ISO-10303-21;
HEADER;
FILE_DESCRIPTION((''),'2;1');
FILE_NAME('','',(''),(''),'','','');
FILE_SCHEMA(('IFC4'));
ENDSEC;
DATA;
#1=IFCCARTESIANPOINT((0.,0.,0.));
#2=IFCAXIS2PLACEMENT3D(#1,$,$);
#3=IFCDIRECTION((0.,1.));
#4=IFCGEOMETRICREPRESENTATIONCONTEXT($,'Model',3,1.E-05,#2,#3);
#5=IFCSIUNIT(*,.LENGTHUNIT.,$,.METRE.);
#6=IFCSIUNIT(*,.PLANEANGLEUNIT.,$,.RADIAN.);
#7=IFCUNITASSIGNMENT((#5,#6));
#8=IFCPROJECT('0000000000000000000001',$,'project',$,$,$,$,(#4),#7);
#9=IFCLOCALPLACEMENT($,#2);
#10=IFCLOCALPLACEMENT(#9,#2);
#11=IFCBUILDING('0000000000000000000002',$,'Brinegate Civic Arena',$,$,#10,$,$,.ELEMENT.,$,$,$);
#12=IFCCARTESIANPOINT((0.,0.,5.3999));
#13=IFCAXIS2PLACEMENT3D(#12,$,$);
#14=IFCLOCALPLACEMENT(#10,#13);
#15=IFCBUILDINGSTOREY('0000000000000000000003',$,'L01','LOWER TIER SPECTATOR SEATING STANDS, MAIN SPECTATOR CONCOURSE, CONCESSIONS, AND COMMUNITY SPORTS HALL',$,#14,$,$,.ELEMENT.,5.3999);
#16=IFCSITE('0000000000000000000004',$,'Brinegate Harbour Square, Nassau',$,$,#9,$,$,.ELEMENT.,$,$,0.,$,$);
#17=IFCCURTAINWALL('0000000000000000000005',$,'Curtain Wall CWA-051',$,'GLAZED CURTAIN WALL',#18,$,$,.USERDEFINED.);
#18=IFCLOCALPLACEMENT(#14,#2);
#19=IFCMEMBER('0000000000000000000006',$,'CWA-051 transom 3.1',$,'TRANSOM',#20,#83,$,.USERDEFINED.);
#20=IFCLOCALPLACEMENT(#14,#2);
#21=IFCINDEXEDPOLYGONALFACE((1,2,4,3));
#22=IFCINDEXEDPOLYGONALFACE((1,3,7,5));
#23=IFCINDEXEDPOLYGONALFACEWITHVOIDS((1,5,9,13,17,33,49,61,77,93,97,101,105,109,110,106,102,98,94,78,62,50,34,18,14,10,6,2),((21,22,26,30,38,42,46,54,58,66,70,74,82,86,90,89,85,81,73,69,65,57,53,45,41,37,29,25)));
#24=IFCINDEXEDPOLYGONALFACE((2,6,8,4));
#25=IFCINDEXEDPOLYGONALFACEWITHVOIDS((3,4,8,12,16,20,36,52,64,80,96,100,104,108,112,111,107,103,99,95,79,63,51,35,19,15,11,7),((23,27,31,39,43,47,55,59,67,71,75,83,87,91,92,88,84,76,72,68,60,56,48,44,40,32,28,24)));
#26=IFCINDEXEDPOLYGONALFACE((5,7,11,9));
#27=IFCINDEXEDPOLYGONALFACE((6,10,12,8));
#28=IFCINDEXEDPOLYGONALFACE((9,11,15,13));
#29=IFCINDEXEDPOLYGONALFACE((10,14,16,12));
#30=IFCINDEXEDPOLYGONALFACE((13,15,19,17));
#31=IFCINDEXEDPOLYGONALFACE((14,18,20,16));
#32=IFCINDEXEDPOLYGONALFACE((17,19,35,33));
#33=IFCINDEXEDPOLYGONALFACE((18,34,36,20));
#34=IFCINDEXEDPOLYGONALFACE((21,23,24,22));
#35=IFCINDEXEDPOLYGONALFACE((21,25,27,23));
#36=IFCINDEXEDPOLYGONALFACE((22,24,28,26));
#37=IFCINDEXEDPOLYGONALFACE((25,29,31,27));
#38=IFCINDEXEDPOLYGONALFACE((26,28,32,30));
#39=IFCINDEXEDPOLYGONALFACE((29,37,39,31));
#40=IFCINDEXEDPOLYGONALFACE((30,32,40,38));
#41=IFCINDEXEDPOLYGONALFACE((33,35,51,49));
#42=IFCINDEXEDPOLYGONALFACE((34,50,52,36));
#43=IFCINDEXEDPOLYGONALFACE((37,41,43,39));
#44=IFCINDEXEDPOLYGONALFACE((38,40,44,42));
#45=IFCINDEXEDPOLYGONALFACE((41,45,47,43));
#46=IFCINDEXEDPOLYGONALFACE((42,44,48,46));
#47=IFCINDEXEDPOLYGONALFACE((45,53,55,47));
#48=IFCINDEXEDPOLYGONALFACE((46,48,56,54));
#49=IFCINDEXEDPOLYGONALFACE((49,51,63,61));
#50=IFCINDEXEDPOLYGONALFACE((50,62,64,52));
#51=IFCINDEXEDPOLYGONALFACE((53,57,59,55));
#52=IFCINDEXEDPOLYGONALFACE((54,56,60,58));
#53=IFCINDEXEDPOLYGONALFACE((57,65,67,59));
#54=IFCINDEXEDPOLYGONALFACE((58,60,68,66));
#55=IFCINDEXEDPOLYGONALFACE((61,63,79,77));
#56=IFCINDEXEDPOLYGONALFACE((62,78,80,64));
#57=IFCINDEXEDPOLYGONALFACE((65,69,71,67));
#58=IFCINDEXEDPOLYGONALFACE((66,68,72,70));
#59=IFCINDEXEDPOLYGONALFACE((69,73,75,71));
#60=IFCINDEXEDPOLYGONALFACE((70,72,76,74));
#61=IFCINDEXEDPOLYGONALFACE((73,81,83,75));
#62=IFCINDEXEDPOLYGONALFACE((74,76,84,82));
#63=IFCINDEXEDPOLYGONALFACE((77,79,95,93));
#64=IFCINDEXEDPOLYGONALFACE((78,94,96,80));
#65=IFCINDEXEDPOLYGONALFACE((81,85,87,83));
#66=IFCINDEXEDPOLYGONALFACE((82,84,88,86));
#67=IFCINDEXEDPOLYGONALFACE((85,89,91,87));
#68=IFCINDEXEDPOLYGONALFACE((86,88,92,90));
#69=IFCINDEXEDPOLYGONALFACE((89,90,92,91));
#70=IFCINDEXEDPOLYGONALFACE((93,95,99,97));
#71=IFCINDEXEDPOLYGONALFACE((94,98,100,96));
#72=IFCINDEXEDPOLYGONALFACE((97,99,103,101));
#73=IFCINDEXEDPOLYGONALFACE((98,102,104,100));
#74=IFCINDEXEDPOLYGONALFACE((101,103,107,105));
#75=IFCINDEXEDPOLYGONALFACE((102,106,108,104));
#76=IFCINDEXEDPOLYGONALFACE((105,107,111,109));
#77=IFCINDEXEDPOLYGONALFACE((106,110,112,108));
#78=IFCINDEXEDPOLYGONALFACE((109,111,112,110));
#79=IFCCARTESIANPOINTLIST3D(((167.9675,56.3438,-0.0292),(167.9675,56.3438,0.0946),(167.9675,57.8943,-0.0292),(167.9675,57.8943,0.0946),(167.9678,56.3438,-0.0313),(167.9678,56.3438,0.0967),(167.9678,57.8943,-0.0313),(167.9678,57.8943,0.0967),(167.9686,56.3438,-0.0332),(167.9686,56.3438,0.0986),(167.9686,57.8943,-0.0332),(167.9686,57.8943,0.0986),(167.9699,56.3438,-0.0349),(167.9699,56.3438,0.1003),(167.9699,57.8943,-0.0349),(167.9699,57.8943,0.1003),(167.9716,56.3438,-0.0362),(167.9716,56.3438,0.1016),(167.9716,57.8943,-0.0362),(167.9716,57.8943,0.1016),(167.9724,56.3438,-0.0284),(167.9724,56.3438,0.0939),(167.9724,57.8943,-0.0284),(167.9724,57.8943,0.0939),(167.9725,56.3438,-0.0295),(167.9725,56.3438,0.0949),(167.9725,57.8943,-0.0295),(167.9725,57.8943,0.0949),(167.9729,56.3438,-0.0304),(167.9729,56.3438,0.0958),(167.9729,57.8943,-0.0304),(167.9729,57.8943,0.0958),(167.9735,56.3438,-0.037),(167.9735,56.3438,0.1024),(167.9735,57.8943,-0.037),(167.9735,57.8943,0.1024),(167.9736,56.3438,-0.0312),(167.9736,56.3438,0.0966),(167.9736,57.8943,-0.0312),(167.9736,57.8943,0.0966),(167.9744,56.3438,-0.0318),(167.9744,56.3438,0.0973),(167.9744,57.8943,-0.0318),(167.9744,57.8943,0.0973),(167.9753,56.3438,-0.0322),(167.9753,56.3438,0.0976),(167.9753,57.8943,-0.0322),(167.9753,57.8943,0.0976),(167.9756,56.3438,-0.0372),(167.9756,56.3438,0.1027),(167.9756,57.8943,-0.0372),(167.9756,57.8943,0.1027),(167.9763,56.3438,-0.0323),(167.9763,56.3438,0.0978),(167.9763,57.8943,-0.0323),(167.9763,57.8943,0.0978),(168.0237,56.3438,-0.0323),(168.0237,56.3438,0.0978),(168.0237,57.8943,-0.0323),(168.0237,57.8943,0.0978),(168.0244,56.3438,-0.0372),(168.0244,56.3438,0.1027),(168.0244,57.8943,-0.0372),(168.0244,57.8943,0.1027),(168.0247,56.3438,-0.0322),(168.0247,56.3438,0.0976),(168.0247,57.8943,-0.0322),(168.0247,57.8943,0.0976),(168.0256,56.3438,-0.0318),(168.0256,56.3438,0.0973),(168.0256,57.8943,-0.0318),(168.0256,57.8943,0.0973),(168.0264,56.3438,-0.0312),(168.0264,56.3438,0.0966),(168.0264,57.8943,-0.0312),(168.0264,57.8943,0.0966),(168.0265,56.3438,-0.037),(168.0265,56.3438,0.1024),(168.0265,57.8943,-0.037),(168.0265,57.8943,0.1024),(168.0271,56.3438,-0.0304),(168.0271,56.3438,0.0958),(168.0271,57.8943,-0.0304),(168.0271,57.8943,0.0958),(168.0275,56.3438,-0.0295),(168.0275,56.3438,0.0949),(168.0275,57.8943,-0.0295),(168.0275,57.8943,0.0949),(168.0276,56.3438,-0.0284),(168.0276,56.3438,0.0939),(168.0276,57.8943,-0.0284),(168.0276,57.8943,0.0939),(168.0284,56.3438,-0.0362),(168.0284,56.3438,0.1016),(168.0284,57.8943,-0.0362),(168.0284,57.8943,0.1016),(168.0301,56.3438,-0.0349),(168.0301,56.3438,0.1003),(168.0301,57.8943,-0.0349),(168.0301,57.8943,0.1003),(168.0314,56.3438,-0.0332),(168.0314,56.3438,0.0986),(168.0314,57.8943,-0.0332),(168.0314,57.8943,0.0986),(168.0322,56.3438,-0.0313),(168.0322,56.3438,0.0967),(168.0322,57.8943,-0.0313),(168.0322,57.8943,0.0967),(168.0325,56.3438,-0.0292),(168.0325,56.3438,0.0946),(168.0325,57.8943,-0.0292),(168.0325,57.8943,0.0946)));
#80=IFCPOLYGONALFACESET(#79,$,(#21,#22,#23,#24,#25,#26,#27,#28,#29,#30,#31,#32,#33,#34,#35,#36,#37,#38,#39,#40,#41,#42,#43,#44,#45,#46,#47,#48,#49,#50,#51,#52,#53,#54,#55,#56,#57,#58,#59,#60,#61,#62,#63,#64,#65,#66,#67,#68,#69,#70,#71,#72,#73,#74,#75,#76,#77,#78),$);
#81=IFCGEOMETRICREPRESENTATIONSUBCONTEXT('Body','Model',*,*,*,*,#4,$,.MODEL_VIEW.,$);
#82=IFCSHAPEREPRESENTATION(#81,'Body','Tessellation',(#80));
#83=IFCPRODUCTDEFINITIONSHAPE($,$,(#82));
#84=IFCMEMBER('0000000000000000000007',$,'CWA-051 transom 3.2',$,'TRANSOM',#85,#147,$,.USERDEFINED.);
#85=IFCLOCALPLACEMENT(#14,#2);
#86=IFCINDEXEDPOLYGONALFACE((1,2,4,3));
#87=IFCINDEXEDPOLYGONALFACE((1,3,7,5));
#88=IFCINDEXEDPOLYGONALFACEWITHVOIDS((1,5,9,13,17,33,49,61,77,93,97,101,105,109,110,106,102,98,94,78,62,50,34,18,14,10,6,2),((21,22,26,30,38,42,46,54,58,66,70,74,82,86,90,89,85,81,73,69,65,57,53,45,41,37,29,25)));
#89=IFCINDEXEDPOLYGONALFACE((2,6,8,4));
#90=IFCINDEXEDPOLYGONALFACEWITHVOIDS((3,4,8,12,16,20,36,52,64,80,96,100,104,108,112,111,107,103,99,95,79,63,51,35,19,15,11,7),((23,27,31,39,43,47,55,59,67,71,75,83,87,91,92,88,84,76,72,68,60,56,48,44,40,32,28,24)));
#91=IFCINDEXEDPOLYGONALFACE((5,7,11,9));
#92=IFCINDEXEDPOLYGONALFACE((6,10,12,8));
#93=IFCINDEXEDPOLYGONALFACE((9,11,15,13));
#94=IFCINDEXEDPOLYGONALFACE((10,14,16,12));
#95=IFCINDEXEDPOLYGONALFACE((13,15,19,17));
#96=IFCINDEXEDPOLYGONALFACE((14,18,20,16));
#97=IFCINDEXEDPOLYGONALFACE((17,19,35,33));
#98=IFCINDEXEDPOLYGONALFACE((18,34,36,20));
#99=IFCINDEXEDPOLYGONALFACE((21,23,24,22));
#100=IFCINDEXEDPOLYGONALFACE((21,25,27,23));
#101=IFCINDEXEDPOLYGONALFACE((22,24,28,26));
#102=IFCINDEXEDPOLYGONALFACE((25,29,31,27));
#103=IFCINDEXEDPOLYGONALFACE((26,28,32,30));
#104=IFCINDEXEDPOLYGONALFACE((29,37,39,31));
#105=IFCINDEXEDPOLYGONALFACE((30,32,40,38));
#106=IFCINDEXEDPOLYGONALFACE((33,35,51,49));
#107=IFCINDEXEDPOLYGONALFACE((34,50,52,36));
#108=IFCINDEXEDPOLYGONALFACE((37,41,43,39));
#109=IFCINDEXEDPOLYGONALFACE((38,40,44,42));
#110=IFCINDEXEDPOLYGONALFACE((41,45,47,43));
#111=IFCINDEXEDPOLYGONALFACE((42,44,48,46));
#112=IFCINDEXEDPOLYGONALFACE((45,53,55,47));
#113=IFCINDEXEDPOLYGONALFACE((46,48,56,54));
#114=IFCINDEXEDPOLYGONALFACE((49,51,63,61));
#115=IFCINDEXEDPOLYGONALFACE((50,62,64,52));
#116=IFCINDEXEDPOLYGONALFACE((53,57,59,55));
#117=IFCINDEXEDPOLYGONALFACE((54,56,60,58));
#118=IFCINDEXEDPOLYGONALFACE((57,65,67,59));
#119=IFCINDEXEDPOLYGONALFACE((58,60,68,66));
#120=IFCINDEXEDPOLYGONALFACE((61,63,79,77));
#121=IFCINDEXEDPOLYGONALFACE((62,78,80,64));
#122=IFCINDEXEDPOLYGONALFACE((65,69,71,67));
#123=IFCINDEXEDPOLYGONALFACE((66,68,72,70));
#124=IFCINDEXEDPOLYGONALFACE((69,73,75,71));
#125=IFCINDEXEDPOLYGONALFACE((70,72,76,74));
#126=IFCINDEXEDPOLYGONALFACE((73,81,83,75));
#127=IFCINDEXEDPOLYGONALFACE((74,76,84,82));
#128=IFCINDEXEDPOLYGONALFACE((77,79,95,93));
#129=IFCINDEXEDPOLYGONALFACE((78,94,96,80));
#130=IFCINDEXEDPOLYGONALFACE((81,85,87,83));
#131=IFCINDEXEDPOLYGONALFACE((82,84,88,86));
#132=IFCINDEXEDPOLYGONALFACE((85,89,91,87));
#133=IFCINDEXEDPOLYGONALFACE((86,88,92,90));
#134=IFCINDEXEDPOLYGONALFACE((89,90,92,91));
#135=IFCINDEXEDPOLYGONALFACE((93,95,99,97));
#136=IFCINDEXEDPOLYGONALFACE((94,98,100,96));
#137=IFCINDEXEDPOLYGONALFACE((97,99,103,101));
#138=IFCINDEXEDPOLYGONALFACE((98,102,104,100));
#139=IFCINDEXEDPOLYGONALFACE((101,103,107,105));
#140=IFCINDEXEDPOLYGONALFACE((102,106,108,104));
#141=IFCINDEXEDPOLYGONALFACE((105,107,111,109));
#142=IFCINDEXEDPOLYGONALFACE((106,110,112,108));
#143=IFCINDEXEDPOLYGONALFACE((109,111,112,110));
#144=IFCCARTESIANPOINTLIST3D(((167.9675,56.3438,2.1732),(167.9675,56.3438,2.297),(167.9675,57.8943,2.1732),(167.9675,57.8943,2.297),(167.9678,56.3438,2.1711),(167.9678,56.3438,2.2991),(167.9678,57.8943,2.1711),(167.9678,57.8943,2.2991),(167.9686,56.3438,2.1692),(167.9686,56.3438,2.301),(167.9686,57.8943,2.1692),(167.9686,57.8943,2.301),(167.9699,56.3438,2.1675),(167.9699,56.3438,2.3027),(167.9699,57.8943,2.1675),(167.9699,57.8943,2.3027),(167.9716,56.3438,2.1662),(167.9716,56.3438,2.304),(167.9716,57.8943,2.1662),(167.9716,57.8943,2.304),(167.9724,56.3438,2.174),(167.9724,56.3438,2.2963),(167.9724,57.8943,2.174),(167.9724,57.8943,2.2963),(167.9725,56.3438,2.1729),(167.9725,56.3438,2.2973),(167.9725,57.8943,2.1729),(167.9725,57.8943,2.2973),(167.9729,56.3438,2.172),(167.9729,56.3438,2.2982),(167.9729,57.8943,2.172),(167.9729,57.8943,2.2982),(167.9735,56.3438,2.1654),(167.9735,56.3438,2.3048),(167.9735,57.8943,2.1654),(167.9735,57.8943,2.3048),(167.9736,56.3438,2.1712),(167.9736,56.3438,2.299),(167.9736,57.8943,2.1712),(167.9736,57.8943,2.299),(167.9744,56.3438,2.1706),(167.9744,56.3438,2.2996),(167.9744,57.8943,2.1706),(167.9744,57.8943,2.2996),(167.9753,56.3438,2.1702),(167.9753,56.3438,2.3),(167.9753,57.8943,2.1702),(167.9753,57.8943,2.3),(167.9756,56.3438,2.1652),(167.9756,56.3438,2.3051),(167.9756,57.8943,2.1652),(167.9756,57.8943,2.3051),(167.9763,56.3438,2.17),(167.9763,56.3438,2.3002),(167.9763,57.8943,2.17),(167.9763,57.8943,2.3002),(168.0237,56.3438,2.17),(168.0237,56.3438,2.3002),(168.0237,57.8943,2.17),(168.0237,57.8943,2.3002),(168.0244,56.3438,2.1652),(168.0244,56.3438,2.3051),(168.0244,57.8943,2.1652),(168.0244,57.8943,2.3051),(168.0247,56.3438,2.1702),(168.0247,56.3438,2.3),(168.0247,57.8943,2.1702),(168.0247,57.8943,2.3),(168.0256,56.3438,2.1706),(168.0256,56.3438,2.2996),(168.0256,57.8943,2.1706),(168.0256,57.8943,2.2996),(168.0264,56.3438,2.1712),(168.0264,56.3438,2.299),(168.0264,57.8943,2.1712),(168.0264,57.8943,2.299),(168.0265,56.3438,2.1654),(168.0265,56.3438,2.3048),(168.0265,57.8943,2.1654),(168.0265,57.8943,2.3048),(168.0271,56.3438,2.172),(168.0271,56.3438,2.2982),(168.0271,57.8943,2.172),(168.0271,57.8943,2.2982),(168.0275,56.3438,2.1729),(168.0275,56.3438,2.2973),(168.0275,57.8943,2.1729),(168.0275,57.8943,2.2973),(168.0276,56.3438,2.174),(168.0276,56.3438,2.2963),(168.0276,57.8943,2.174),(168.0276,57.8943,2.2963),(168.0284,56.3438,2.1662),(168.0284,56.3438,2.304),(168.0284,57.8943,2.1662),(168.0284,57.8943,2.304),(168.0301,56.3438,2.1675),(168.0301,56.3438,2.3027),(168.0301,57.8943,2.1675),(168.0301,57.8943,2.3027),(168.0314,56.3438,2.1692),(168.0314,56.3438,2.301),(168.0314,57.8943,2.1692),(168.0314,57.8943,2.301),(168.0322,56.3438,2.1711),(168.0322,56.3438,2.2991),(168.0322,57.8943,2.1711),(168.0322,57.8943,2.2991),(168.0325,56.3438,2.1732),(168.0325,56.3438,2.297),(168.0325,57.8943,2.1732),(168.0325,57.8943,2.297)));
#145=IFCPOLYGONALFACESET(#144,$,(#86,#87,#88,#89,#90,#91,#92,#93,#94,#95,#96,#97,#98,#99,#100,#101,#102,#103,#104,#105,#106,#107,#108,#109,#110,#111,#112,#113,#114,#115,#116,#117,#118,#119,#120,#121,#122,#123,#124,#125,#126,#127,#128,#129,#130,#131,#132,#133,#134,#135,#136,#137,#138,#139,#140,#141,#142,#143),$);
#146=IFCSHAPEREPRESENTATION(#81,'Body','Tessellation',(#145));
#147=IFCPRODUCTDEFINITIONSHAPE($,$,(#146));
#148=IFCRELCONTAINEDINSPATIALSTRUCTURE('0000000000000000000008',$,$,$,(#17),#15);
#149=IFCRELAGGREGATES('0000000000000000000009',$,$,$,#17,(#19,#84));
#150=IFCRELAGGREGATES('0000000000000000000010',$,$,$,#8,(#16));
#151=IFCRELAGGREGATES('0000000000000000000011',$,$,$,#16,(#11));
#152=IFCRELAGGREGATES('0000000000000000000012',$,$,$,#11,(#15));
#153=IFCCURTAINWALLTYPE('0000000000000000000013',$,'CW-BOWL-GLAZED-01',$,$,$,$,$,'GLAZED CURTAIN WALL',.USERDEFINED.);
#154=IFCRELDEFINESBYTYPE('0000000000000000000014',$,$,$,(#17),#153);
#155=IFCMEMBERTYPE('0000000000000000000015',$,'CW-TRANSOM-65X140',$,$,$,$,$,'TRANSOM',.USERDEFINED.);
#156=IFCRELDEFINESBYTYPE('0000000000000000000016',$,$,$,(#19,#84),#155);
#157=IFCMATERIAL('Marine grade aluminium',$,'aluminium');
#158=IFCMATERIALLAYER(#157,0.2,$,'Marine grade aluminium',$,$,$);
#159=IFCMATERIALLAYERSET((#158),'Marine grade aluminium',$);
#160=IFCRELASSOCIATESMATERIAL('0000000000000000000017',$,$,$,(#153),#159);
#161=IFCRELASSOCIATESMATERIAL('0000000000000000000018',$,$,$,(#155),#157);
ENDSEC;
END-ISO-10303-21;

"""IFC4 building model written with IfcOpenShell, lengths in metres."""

from ifc_helpers import new_model, si_unit, direction, frame, origin, origin_2d, place, context, subcontext, project, spatial, hollow_rectangle, extrude, material, layer, layer_set, material_profile, profile_set, type_object, element, aggregate, save


model = new_model("IFC4")

# Units and contexts
model_context = context("Model", 3, precision=1e-05, world=origin(), true_north=direction((0.0, 1.0)))
body_context = subcontext(model_context, "Body", "Model", "MODEL_VIEW")
ifc_project = project(units=[si_unit("LENGTHUNIT", "METRE"), si_unit("PLANEANGLEUNIT", "RADIAN")], contexts=[model_context])

# Site, building, storey
site_placement = place(None, origin())
site = spatial("IfcSite", under=ifc_project, at=site_placement, Name="Brinegate Harbour Square, Nassau", CompositionType="ELEMENT", RefElevation=0.0)
building_placement = place(site_placement, origin())
building = spatial("IfcBuilding", under=site, at=building_placement, Name="Brinegate Civic Arena", CompositionType="ELEMENT")
storey_placement = place(building_placement, frame((0.0, 0.0, 5.3999)))
storey = spatial("IfcBuildingStorey", under=building, at=storey_placement, Name="L01", Description="LOWER TIER SPECTATOR SEATING STANDS, MAIN SPECTATOR CONCOURSE, CONCESSIONS, AND COMMUNITY SPORTS HALL", CompositionType="ELEMENT", Elevation=5.3999)

# Curtain wall, members
ifc_material_1 = material(Name="Marine grade aluminium", Category="aluminium")
ifc_layer_1 = layer(ifc_material_1, 0.2, Name="Marine grade aluminium")
ifc_layer_set_1 = layer_set([ifc_layer_1], Name="Marine grade aluminium")
curtain_wall_type = type_object("IfcCurtainWallType", Name="CW-BOWL-GLAZED-01", ElementType="GLAZED CURTAIN WALL", PredefinedType="USERDEFINED", material=ifc_layer_set_1)
curtain_wall_placement = place(storey_placement, origin())
curtain_wall = element("IfcCurtainWall", 1, at=curtain_wall_placement, inside=storey, type_object=curtain_wall_type, Name="Curtain Wall CWA-051", ObjectType="GLAZED CURTAIN WALL", PredefinedType="USERDEFINED")
ifc_material_profile_1 = material_profile(ifc_material_1, hollow_rectangle(XDim=0.0649, YDim=0.1399, WallThickness=0.0049, InnerFilletRadius=0.0039, OuterFilletRadius=0.0081, at=origin_2d()), Name="TRN65X140")
ifc_profile_set_1 = profile_set([ifc_material_profile_1], Name="Marine grade aluminium")
member_type_1 = type_object("IfcMemberType", Name="CW-TRANSOM-65X140", ElementType="TRANSOM", PredefinedType="USERDEFINED", material=ifc_profile_set_1)
member_1_placement = place(storey_placement, frame((168.0, 56.3438, 0.0327), z_axis=(0.0, 1.0, 0.0), x_axis=(-1.0, 0.0, 0.0)))
member_1 = element("IfcMember", 2, at=member_1_placement, type_object=member_type_1, Name="CWA-051 transom 3.1", ObjectType="TRANSOM", PredefinedType="USERDEFINED", context=body_context, shape_type="SweptSolid", body=[
    extrude(hollow_rectangle(XDim=0.0649, YDim=0.1399, WallThickness=0.0049, InnerFilletRadius=0.0039, OuterFilletRadius=0.0081, at=origin_2d()), origin(), (0.0, 0.0, 1.0), 1.5505),
])
member_2_placement = place(storey_placement, frame((168.0, 56.3438, 2.2351), z_axis=(0.0, 1.0, 0.0), x_axis=(-1.0, 0.0, 0.0)))
member_2 = element("IfcMember", 3, at=member_2_placement, type_object=member_type_1, Name="CWA-051 transom 3.2", ObjectType="TRANSOM", PredefinedType="USERDEFINED", context=body_context, shape_type="SweptSolid", body=[
    extrude(hollow_rectangle(XDim=0.0649, YDim=0.1399, WallThickness=0.0049, InnerFilletRadius=0.0039, OuterFilletRadius=0.0081, at=origin_2d()), origin(), (0.0, 0.0, 1.0), 1.5505),
])

aggregate(curtain_wall, [member_1, member_2])

save(model, "model.ifc")
